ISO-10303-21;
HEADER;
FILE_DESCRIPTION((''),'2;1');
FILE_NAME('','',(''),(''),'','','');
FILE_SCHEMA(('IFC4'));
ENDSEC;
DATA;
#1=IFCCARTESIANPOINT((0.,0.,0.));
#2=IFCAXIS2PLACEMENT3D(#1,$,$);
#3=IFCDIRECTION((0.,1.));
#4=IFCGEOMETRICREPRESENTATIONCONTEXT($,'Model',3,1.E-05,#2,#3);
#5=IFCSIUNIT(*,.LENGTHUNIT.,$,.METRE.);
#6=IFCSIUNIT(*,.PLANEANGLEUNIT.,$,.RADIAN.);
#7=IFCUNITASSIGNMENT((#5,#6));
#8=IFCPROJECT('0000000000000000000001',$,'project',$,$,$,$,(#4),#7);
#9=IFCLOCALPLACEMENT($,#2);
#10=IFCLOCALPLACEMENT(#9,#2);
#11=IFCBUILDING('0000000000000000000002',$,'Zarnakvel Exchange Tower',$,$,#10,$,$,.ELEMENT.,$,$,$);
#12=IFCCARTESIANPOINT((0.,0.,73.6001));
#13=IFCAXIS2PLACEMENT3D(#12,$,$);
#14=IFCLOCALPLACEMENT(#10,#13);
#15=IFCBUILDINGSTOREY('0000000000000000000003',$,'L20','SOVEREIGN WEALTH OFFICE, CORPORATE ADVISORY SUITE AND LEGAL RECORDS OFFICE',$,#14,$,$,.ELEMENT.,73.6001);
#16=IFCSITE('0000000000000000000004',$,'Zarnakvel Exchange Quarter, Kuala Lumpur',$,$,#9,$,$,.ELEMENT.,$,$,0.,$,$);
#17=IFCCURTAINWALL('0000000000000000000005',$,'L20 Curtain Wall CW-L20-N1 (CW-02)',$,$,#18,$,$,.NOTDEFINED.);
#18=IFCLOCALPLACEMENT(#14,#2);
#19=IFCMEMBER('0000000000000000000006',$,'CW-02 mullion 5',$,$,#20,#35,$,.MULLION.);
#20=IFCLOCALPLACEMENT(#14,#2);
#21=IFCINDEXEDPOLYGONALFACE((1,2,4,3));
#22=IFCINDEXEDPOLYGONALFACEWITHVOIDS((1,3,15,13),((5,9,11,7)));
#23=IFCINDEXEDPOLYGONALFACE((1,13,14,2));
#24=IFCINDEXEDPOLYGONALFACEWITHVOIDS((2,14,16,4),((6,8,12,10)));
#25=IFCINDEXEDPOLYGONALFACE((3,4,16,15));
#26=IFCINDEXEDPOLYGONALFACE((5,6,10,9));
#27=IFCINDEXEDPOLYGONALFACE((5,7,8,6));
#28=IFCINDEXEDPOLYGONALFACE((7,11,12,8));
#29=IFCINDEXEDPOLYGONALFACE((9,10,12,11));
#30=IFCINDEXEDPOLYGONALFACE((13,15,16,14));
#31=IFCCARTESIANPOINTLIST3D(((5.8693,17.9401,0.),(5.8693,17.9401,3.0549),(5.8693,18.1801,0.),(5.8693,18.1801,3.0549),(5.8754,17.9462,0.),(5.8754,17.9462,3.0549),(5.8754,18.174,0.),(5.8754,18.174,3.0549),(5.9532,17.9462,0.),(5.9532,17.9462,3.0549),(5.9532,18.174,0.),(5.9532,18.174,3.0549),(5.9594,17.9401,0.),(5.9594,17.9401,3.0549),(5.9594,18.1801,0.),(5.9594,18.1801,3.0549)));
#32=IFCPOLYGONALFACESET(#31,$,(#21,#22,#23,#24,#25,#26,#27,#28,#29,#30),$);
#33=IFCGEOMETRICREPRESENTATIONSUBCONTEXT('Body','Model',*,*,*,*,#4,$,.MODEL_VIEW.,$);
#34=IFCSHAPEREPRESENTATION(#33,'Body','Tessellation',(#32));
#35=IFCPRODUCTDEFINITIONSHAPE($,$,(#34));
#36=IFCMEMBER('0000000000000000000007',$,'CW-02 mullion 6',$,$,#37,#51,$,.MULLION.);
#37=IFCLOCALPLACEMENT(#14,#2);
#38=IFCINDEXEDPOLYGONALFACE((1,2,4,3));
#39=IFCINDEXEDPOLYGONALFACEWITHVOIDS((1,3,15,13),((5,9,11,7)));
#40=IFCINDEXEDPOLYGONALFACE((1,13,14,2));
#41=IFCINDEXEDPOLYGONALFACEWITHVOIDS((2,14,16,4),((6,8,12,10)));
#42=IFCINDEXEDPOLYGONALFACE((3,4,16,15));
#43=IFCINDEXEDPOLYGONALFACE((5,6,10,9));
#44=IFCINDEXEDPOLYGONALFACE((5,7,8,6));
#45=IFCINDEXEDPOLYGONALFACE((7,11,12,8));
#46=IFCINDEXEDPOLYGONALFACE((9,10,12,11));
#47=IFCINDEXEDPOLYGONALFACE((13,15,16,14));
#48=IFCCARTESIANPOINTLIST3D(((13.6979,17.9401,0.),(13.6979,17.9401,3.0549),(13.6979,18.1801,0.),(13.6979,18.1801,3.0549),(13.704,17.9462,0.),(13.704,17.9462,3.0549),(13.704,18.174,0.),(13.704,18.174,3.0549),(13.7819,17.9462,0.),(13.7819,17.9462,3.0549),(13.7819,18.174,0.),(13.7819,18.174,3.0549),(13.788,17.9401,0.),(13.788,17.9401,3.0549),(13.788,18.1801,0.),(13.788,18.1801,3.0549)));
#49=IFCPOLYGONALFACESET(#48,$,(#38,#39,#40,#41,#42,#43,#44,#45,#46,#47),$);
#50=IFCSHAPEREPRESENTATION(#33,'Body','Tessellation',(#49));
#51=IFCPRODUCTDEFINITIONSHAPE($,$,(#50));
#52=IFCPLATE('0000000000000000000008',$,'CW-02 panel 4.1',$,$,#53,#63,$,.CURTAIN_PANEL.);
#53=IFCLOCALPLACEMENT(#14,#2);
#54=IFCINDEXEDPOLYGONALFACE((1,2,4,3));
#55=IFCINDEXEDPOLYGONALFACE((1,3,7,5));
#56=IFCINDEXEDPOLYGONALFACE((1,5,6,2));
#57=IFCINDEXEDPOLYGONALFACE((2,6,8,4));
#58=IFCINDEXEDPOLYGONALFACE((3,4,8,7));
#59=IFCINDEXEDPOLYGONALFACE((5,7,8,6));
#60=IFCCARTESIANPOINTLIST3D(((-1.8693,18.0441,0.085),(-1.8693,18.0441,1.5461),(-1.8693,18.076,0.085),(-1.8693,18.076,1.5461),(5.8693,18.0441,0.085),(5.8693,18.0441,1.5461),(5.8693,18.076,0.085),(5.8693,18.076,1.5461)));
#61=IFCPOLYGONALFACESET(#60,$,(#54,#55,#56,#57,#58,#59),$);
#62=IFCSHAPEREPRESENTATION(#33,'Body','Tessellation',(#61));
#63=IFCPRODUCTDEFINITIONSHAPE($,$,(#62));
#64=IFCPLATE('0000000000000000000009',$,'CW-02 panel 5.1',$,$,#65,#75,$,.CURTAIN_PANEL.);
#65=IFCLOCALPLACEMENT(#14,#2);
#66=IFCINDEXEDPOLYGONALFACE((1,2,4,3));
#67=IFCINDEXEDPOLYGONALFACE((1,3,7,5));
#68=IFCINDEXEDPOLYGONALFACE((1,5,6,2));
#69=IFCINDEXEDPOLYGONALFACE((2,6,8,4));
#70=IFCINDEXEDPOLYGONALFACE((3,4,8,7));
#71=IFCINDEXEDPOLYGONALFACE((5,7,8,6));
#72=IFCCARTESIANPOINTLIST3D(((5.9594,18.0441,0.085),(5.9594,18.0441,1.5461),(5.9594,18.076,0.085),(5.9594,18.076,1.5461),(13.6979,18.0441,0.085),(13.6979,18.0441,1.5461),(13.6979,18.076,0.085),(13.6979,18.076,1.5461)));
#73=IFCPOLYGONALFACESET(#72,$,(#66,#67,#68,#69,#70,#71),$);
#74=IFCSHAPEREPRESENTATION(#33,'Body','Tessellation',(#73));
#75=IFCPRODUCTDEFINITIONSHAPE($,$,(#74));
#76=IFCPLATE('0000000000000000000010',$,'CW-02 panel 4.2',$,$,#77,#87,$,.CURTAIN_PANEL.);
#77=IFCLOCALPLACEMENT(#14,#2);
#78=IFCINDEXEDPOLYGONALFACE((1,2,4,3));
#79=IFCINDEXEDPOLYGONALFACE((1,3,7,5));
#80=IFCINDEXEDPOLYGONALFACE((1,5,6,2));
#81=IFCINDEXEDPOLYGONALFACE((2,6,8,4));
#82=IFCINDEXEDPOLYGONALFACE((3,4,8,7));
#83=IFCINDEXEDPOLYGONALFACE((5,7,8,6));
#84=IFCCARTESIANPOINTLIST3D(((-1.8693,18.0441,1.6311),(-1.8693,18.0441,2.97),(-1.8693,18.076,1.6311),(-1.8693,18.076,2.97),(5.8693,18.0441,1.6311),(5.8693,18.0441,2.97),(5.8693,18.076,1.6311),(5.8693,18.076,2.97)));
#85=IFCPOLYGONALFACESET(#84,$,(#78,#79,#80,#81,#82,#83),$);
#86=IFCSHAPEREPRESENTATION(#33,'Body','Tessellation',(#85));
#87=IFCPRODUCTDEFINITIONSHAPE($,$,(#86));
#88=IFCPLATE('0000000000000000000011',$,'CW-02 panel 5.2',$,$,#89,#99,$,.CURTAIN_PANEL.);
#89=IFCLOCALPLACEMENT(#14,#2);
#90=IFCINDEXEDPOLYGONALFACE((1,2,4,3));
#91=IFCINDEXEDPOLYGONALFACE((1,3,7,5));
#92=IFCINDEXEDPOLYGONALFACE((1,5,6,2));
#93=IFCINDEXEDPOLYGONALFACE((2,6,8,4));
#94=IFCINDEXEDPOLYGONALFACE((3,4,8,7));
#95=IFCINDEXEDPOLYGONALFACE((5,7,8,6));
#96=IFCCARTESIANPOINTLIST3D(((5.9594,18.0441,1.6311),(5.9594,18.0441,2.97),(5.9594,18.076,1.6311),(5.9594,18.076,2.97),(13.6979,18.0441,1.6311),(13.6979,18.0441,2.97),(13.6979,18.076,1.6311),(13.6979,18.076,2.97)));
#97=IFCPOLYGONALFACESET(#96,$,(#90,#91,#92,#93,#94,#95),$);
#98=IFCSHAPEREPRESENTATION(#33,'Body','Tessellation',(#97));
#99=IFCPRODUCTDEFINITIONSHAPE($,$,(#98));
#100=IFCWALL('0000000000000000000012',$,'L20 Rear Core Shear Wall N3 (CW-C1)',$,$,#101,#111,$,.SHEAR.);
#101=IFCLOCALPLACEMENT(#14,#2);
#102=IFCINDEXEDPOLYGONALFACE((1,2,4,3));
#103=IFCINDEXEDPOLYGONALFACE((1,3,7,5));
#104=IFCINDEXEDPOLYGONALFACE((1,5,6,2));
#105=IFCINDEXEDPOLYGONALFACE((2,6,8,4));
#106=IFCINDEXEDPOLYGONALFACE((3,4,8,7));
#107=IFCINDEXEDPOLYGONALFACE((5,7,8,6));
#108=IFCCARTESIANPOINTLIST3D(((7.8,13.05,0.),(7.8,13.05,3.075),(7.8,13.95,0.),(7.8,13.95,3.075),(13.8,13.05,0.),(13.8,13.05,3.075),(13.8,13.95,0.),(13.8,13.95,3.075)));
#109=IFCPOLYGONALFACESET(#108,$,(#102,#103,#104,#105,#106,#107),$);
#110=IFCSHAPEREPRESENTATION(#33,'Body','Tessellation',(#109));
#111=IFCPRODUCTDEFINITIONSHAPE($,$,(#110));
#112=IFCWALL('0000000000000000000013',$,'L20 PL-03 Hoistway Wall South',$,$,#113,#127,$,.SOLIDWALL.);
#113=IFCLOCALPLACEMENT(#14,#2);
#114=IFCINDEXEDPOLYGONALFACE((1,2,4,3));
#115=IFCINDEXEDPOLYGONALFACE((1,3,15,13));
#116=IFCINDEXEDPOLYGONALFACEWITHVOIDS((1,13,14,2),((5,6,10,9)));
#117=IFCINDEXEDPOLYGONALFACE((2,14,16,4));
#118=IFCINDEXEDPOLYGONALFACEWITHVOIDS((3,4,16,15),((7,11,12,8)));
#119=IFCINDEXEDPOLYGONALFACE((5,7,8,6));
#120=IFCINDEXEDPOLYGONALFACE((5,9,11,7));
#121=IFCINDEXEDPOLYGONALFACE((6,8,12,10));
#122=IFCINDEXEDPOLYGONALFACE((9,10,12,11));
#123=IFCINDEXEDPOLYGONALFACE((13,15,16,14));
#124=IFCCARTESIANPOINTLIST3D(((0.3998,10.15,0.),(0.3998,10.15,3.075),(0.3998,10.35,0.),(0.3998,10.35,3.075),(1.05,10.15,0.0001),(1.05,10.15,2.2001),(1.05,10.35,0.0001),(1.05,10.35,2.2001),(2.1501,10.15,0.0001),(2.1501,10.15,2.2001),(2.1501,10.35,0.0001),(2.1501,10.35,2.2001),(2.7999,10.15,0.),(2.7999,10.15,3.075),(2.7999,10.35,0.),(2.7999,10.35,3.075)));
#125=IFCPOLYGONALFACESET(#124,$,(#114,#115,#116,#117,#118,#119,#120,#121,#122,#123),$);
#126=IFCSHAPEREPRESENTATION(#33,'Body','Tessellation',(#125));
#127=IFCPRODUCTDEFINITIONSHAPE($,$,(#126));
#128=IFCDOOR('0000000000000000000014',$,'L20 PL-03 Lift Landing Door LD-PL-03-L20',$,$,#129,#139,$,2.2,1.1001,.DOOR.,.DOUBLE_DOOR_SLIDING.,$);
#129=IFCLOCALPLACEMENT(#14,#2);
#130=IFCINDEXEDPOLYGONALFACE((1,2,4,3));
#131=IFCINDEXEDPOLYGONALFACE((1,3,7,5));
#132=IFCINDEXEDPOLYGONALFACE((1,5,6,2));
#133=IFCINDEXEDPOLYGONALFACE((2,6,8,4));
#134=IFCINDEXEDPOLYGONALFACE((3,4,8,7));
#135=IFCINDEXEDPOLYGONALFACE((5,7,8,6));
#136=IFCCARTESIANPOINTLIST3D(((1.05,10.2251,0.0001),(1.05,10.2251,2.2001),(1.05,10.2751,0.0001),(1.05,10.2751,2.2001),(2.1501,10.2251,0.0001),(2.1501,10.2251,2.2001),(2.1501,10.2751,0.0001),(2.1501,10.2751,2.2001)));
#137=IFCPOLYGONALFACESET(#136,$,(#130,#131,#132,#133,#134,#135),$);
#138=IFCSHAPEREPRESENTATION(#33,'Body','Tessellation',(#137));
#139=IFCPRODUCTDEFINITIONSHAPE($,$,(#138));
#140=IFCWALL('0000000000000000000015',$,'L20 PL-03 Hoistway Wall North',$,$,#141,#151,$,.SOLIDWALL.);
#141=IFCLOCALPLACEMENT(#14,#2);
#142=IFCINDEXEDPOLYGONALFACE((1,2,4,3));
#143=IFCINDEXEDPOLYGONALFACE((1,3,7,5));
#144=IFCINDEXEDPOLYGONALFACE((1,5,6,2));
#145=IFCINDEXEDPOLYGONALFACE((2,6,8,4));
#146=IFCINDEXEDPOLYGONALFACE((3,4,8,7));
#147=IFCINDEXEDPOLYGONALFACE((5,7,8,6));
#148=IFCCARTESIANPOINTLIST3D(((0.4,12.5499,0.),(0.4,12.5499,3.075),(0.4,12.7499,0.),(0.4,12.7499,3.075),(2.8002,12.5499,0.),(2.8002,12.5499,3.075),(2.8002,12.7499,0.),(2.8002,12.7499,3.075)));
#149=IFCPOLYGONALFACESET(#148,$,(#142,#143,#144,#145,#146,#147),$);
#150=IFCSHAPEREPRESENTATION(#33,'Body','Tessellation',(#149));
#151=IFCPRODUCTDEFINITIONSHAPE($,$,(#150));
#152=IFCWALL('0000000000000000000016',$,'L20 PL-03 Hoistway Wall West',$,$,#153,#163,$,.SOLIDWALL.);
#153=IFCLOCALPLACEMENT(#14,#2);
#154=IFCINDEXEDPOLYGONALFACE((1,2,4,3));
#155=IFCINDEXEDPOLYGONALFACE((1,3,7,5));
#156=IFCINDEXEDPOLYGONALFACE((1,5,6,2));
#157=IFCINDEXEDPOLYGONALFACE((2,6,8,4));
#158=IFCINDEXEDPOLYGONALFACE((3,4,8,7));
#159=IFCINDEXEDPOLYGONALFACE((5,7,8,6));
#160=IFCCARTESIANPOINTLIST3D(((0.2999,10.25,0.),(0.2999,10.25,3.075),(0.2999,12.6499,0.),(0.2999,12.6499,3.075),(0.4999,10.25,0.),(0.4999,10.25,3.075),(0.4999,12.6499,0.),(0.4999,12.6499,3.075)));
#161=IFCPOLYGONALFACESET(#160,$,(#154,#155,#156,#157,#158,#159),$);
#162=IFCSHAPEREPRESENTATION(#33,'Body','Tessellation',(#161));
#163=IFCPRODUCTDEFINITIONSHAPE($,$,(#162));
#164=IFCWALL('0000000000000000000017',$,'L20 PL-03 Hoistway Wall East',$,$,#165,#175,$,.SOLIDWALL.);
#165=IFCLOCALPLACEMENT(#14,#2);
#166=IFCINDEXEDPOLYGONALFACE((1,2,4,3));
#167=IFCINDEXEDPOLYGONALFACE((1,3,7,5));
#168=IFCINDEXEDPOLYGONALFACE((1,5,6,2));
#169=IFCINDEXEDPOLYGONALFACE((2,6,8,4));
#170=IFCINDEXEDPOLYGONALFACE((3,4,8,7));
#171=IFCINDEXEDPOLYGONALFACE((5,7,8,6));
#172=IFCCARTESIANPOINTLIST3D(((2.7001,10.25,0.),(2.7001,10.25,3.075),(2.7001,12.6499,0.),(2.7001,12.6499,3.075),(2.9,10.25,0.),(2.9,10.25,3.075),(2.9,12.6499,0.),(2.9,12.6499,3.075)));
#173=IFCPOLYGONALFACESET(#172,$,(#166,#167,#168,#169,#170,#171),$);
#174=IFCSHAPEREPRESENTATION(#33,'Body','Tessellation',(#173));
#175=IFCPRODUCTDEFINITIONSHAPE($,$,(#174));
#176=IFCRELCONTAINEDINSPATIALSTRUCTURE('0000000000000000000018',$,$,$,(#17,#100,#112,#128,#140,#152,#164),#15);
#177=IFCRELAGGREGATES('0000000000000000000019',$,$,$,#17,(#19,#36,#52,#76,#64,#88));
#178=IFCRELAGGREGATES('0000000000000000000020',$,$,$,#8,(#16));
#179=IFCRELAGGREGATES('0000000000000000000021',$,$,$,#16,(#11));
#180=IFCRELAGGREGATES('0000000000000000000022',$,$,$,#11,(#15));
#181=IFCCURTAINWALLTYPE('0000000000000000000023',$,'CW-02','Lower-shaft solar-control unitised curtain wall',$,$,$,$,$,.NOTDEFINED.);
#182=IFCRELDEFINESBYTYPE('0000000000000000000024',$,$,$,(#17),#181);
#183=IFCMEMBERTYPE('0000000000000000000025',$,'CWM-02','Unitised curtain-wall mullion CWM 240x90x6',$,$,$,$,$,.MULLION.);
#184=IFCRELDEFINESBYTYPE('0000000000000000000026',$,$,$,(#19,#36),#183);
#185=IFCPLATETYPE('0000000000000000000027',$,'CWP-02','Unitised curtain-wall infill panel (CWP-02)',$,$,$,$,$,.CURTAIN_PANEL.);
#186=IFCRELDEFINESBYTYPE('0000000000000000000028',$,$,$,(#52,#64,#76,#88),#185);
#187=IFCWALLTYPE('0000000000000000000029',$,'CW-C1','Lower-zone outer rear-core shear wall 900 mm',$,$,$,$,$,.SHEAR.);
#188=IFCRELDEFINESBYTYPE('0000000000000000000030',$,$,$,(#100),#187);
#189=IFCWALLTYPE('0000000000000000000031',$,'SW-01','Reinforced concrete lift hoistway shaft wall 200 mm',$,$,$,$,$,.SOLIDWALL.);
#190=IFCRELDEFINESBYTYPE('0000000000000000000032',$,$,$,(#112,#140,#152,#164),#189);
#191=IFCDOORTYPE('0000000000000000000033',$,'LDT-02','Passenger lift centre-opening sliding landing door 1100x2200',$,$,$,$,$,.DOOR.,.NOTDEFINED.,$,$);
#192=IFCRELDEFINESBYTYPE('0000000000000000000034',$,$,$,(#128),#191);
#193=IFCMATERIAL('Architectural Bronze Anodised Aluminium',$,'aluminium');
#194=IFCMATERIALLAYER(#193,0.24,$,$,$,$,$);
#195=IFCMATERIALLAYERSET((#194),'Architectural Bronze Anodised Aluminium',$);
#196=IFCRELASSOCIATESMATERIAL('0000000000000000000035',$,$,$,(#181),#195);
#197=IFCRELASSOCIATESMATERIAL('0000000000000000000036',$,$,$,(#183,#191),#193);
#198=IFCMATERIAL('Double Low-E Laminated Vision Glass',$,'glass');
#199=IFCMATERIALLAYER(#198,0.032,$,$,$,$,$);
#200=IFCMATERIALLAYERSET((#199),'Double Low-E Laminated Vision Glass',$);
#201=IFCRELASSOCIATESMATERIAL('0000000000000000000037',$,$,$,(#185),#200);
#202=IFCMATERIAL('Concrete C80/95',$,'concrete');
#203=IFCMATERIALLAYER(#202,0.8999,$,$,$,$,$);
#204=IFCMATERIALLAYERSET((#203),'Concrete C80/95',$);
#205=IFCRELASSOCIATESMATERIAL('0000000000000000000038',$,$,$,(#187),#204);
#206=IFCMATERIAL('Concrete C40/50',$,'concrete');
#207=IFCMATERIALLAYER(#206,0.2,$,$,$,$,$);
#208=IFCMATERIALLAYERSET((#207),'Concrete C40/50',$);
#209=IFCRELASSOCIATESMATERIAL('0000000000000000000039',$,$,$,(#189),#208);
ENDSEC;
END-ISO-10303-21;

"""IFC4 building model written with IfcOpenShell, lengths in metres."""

from ifc_helpers import new_model, si_unit, direction, frame, frame_2d, origin, origin_2d, place, context, subcontext, project, spatial, rectangle, hollow_rectangle, extrude, source, transform, mapped, material, layer, layer_set, material_profile, profile_set, type_object, element, fill, aggregate, save


model = new_model("IFC4")

# Units and contexts
model_context = context("Model", 3, precision=1e-05, world=origin(), true_north=direction((0.0, 1.0)))
body_context = subcontext(model_context, "Body", "Model", "MODEL_VIEW")
ifc_project = project(units=[si_unit("LENGTHUNIT", "METRE"), si_unit("PLANEANGLEUNIT", "RADIAN")], contexts=[model_context])

# Site, building, storey
site_placement = place(None, origin())
site = spatial("IfcSite", under=ifc_project, at=site_placement, Name="Zarnakvel Exchange Quarter, Kuala Lumpur", CompositionType="ELEMENT", RefElevation=0.0)
building_placement = place(site_placement, origin())
building = spatial("IfcBuilding", under=site, at=building_placement, Name="Zarnakvel Exchange Tower", CompositionType="ELEMENT")
storey_placement = place(building_placement, frame((0.0, 0.0, 73.6001)))
storey = spatial("IfcBuildingStorey", under=building, at=storey_placement, Name="L20", Description="SOVEREIGN WEALTH OFFICE, CORPORATE ADVISORY SUITE AND LEGAL RECORDS OFFICE", CompositionType="ELEMENT", Elevation=73.6001)

# Shared definitions
ifc_material_1 = material(Name="Concrete C80/95", Category="concrete")

# Curtain wall, members, plates
ifc_material_2 = material(Name="Architectural Bronze Anodised Aluminium", Category="aluminium")
ifc_layer_1 = layer(ifc_material_2, 0.24)
ifc_layer_set_1 = layer_set([ifc_layer_1], Name="Architectural Bronze Anodised Aluminium")
curtain_wall_type = type_object("IfcCurtainWallType", Name="CW-02", Description="Lower-shaft solar-control unitised curtain wall", PredefinedType="NOTDEFINED", material=ifc_layer_set_1)
curtain_wall_placement = place(storey_placement, origin())
curtain_wall = element("IfcCurtainWall", 1, at=curtain_wall_placement, inside=storey, type_object=curtain_wall_type, Name="L20 Curtain Wall CW-L20-N1 (CW-02)", PredefinedType="NOTDEFINED")
ifc_material_profile_1 = material_profile(ifc_material_2, hollow_rectangle(XDim=0.24, YDim=0.0901, WallThickness=0.0061, at=origin_2d()))
ifc_profile_set_1 = profile_set([ifc_material_profile_1], Name="Architectural Bronze Anodised Aluminium")
member_type_1 = type_object("IfcMemberType", Name="CWM-02", Description="Unitised curtain-wall mullion CWM 240x90x6", PredefinedType="MULLION", material=ifc_profile_set_1)
shared_shape_1 = source(origin(), body_context, "Body", "SweptSolid", [
    extrude(hollow_rectangle(XDim=0.24, YDim=0.0901, WallThickness=0.0061, at=origin_2d()), origin(), (0.0, 0.0, 1.0), 3.0549),
])
member_1_placement = place(storey_placement, frame((5.9143, 18.0601, 0.0), z_axis=(0.0, 0.0, 1.0), x_axis=(0.0, 1.0, 0.0)))
member_1 = element("IfcMember", 2, at=member_1_placement, type_object=member_type_1, Name="CW-02 mullion 5", PredefinedType="MULLION", context=body_context, shape_type="MappedRepresentation", body=[
    mapped(shared_shape_1, transform((0.0, 0.0, 0.0), x_axis=(1.0, 0.0, 0.0), y_axis=(0.0, 1.0, 0.0), z_axis=(0.0, 0.0, 1.0), scale=1.0)),
])
member_2_placement = place(storey_placement, frame((13.7429, 18.0601, 0.0), z_axis=(0.0, 0.0, 1.0), x_axis=(0.0, 1.0, 0.0)))
member_2 = element("IfcMember", 3, at=member_2_placement, type_object=member_type_1, Name="CW-02 mullion 6", PredefinedType="MULLION", context=body_context, shape_type="MappedRepresentation", body=[
    mapped(shared_shape_1, transform((0.0, 0.0, 0.0), x_axis=(1.0, 0.0, 0.0), y_axis=(0.0, 1.0, 0.0), z_axis=(0.0, 0.0, 1.0), scale=1.0)),
])
ifc_material_3 = material(Name="Double Low-E Laminated Vision Glass", Category="glass")
ifc_layer_2 = layer(ifc_material_3, 0.032)
ifc_layer_set_2 = layer_set([ifc_layer_2], Name="Double Low-E Laminated Vision Glass")
plate_type = type_object("IfcPlateType", Name="CWP-02", Description="Unitised curtain-wall infill panel (CWP-02)", PredefinedType="CURTAIN_PANEL", material=ifc_layer_set_2)
shared_shape_2 = source(origin(), body_context, "Body", "SweptSolid", [
    extrude(rectangle(XDim=7.7385, YDim=0.032, at=origin_2d()), origin(), (0.0, 0.0, 1.0), 1.4612),
])
plate_1_placement = place(storey_placement, frame((2.0, 18.0601, 0.085), z_axis=(0.0, 0.0, 1.0), x_axis=(1.0, 0.0, 0.0)))
plate_1 = element("IfcPlate", 4, at=plate_1_placement, type_object=plate_type, Name="CW-02 panel 4.1", PredefinedType="CURTAIN_PANEL", context=body_context, shape_type="MappedRepresentation", body=[
    mapped(shared_shape_2, transform((0.0, 0.0, 0.0), x_axis=(1.0, 0.0, 0.0), y_axis=(0.0, 1.0, 0.0), z_axis=(0.0, 0.0, 1.0), scale=1.0)),
])
plate_2_placement = place(storey_placement, frame((9.8286, 18.0601, 0.085), z_axis=(0.0, 0.0, 1.0), x_axis=(1.0, 0.0, 0.0)))
plate_2 = element("IfcPlate", 5, at=plate_2_placement, type_object=plate_type, Name="CW-02 panel 5.1", PredefinedType="CURTAIN_PANEL", context=body_context, shape_type="MappedRepresentation", body=[
    mapped(shared_shape_2, transform((0.0, 0.0, 0.0), x_axis=(1.0, 0.0, 0.0), y_axis=(0.0, 1.0, 0.0), z_axis=(0.0, 0.0, 1.0), scale=1.0)),
])
shared_shape_3 = source(origin(), body_context, "Body", "SweptSolid", [
    extrude(rectangle(XDim=7.7385, YDim=0.032, at=origin_2d()), origin(), (0.0, 0.0, 1.0), 1.3389),
])
plate_3_placement = place(storey_placement, frame((2.0, 18.0601, 1.6311), z_axis=(0.0, 0.0, 1.0), x_axis=(1.0, 0.0, 0.0)))
plate_3 = element("IfcPlate", 6, at=plate_3_placement, type_object=plate_type, Name="CW-02 panel 4.2", PredefinedType="CURTAIN_PANEL", context=body_context, shape_type="MappedRepresentation", body=[
    mapped(shared_shape_3, transform((0.0, 0.0, 0.0), x_axis=(1.0, 0.0, 0.0), y_axis=(0.0, 1.0, 0.0), z_axis=(0.0, 0.0, 1.0), scale=1.0)),
])
plate_4_placement = place(storey_placement, frame((9.8286, 18.0601, 1.6311), z_axis=(0.0, 0.0, 1.0), x_axis=(1.0, 0.0, 0.0)))
plate_4 = element("IfcPlate", 7, at=plate_4_placement, type_object=plate_type, Name="CW-02 panel 5.2", PredefinedType="CURTAIN_PANEL", context=body_context, shape_type="MappedRepresentation", body=[
    mapped(shared_shape_3, transform((0.0, 0.0, 0.0), x_axis=(1.0, 0.0, 0.0), y_axis=(0.0, 1.0, 0.0), z_axis=(0.0, 0.0, 1.0), scale=1.0)),
])
aggregate(curtain_wall, [member_1, member_2, plate_1, plate_3, plate_2, plate_4])

# Wall
ifc_layer_3 = layer(ifc_material_1, 0.8999)
ifc_layer_set_3 = layer_set([ifc_layer_3], Name="Concrete C80/95")
wall_type_1 = type_object("IfcWallType", Name="CW-C1", Description="Lower-zone outer rear-core shear wall 900 mm", PredefinedType="SHEAR", material=ifc_layer_set_3)
wall_1_placement = place(storey_placement, frame((7.8, 13.5, 0.0), z_axis=(0.0, 0.0, 1.0), x_axis=(1.0, 0.0, 0.0)))
element("IfcWall", 8, at=wall_1_placement, inside=storey, type_object=wall_type_1, Name="L20 Rear Core Shear Wall N3 (CW-C1)", PredefinedType="SHEAR", context=body_context, shape_type="SweptSolid", body=[
    extrude(rectangle(XDim=6.0, YDim=0.8999, at=frame_2d((3.0, 0.0))), origin(), (0.0, 0.0, 1.0), 3.075),
])

# Wall, opening, door
ifc_material_4 = material(Name="Concrete C40/50", Category="concrete")
ifc_layer_4 = layer(ifc_material_4, 0.2)
ifc_layer_set_4 = layer_set([ifc_layer_4], Name="Concrete C40/50")
wall_type_2 = type_object("IfcWallType", Name="SW-01", Description="Reinforced concrete lift hoistway shaft wall 200 mm", PredefinedType="SOLIDWALL", material=ifc_layer_set_4)
wall_2_placement = place(storey_placement, frame((2.8, 10.25, 0.0), z_axis=(0.0, 0.0, 1.0), x_axis=(-1.0, 0.0, 0.0)))
wall_2 = element("IfcWall", 9, at=wall_2_placement, inside=storey, type_object=wall_type_2, Name="L20 PL-03 Hoistway Wall South", PredefinedType="SOLIDWALL", context=body_context, shape_type="SweptSolid", body=[
    extrude(rectangle(XDim=2.4001, YDim=0.2, at=frame_2d((1.2002, 0.0))), origin(), (0.0, 0.0, 1.0), 3.075),
])
opening_1_placement = place(wall_2_placement, frame((0.6499, 0.0, 0.0)))
opening_1 = element("IfcOpeningElement", 10, at=opening_1_placement, cuts=wall_2, PredefinedType="OPENING", context=body_context, shape_type="SweptSolid", body=[
    extrude(rectangle(XDim=1.1001, YDim=2.2, at=frame_2d((0.55, 1.1001))), frame((0.0, 0.1099, 0.0), z_axis=(0.0, -1.0, 0.0), x_axis=(1.0, 0.0, 0.0)), (0.0, 0.0, 1.0), 0.22),
])
door_type = type_object("IfcDoorType", Name="LDT-02", Description="Passenger lift centre-opening sliding landing door 1100x2200", OperationType="NOTDEFINED", PredefinedType="DOOR", material=ifc_material_2)
shared_shape_4 = source(origin(), body_context, "Body", "SweptSolid", [
    extrude(rectangle(XDim=1.1001, YDim=2.2, at=frame_2d((0.55, 1.1001))), frame((0.0, 0.0249, 0.0), z_axis=(0.0, -1.0, 0.0), x_axis=(1.0, 0.0, 0.0)), (0.0, 0.0, 1.0), 0.05),
])
door_1_placement = place(opening_1_placement, origin())
door_1 = element("IfcDoor", 11, at=door_1_placement, inside=storey, type_object=door_type, Name="L20 PL-03 Lift Landing Door LD-PL-03-L20", OperationType="DOUBLE_DOOR_SLIDING", OverallHeight=2.2, OverallWidth=1.1001, PredefinedType="DOOR", context=body_context, shape_type="MappedRepresentation", body=[
    mapped(shared_shape_4, transform((0.0, 0.0, 0.0), x_axis=(1.0, 0.0, 0.0), y_axis=(0.0, 1.0, 0.0), z_axis=(0.0, 0.0, 1.0), scale=1.0)),
])
fill(opening_1, door_1)

# Walls
wall_3_placement = place(storey_placement, frame((0.3999, 12.6499, 0.0), z_axis=(0.0, 0.0, 1.0), x_axis=(1.0, 0.0, 0.0)))
element("IfcWall", 12, at=wall_3_placement, inside=storey, type_object=wall_type_2, Name="L20 PL-03 Hoistway Wall North", PredefinedType="SOLIDWALL", context=body_context, shape_type="SweptSolid", body=[
    extrude(rectangle(XDim=2.4001, YDim=0.2, at=frame_2d((1.2002, 0.0))), origin(), (0.0, 0.0, 1.0), 3.075),
])
for number, where, z_axis, x_axis, name in (
    (13, (0.3999, 10.25, 0.0), (0.0, 0.0, 1.0), (0.0, 1.0, 0.0), "L20 PL-03 Hoistway Wall West"),
    (14, (2.8, 12.6499, 0.0), (0.0, 0.0, 1.0), (0.0, -1.0, 0.0), "L20 PL-03 Hoistway Wall East"),
):
    element("IfcWall", number, at=place(storey_placement, frame(where, z_axis=z_axis, x_axis=x_axis)), inside=storey, type_object=wall_type_2, Name=name, PredefinedType="SOLIDWALL", context=body_context, shape_type="SweptSolid", body=[
        extrude(rectangle(XDim=2.3999, YDim=0.2, at=frame_2d((1.2, 0.0))), origin(), (0.0, 0.0, 1.0), 3.075),
    ])

save(model, "model.ifc")
